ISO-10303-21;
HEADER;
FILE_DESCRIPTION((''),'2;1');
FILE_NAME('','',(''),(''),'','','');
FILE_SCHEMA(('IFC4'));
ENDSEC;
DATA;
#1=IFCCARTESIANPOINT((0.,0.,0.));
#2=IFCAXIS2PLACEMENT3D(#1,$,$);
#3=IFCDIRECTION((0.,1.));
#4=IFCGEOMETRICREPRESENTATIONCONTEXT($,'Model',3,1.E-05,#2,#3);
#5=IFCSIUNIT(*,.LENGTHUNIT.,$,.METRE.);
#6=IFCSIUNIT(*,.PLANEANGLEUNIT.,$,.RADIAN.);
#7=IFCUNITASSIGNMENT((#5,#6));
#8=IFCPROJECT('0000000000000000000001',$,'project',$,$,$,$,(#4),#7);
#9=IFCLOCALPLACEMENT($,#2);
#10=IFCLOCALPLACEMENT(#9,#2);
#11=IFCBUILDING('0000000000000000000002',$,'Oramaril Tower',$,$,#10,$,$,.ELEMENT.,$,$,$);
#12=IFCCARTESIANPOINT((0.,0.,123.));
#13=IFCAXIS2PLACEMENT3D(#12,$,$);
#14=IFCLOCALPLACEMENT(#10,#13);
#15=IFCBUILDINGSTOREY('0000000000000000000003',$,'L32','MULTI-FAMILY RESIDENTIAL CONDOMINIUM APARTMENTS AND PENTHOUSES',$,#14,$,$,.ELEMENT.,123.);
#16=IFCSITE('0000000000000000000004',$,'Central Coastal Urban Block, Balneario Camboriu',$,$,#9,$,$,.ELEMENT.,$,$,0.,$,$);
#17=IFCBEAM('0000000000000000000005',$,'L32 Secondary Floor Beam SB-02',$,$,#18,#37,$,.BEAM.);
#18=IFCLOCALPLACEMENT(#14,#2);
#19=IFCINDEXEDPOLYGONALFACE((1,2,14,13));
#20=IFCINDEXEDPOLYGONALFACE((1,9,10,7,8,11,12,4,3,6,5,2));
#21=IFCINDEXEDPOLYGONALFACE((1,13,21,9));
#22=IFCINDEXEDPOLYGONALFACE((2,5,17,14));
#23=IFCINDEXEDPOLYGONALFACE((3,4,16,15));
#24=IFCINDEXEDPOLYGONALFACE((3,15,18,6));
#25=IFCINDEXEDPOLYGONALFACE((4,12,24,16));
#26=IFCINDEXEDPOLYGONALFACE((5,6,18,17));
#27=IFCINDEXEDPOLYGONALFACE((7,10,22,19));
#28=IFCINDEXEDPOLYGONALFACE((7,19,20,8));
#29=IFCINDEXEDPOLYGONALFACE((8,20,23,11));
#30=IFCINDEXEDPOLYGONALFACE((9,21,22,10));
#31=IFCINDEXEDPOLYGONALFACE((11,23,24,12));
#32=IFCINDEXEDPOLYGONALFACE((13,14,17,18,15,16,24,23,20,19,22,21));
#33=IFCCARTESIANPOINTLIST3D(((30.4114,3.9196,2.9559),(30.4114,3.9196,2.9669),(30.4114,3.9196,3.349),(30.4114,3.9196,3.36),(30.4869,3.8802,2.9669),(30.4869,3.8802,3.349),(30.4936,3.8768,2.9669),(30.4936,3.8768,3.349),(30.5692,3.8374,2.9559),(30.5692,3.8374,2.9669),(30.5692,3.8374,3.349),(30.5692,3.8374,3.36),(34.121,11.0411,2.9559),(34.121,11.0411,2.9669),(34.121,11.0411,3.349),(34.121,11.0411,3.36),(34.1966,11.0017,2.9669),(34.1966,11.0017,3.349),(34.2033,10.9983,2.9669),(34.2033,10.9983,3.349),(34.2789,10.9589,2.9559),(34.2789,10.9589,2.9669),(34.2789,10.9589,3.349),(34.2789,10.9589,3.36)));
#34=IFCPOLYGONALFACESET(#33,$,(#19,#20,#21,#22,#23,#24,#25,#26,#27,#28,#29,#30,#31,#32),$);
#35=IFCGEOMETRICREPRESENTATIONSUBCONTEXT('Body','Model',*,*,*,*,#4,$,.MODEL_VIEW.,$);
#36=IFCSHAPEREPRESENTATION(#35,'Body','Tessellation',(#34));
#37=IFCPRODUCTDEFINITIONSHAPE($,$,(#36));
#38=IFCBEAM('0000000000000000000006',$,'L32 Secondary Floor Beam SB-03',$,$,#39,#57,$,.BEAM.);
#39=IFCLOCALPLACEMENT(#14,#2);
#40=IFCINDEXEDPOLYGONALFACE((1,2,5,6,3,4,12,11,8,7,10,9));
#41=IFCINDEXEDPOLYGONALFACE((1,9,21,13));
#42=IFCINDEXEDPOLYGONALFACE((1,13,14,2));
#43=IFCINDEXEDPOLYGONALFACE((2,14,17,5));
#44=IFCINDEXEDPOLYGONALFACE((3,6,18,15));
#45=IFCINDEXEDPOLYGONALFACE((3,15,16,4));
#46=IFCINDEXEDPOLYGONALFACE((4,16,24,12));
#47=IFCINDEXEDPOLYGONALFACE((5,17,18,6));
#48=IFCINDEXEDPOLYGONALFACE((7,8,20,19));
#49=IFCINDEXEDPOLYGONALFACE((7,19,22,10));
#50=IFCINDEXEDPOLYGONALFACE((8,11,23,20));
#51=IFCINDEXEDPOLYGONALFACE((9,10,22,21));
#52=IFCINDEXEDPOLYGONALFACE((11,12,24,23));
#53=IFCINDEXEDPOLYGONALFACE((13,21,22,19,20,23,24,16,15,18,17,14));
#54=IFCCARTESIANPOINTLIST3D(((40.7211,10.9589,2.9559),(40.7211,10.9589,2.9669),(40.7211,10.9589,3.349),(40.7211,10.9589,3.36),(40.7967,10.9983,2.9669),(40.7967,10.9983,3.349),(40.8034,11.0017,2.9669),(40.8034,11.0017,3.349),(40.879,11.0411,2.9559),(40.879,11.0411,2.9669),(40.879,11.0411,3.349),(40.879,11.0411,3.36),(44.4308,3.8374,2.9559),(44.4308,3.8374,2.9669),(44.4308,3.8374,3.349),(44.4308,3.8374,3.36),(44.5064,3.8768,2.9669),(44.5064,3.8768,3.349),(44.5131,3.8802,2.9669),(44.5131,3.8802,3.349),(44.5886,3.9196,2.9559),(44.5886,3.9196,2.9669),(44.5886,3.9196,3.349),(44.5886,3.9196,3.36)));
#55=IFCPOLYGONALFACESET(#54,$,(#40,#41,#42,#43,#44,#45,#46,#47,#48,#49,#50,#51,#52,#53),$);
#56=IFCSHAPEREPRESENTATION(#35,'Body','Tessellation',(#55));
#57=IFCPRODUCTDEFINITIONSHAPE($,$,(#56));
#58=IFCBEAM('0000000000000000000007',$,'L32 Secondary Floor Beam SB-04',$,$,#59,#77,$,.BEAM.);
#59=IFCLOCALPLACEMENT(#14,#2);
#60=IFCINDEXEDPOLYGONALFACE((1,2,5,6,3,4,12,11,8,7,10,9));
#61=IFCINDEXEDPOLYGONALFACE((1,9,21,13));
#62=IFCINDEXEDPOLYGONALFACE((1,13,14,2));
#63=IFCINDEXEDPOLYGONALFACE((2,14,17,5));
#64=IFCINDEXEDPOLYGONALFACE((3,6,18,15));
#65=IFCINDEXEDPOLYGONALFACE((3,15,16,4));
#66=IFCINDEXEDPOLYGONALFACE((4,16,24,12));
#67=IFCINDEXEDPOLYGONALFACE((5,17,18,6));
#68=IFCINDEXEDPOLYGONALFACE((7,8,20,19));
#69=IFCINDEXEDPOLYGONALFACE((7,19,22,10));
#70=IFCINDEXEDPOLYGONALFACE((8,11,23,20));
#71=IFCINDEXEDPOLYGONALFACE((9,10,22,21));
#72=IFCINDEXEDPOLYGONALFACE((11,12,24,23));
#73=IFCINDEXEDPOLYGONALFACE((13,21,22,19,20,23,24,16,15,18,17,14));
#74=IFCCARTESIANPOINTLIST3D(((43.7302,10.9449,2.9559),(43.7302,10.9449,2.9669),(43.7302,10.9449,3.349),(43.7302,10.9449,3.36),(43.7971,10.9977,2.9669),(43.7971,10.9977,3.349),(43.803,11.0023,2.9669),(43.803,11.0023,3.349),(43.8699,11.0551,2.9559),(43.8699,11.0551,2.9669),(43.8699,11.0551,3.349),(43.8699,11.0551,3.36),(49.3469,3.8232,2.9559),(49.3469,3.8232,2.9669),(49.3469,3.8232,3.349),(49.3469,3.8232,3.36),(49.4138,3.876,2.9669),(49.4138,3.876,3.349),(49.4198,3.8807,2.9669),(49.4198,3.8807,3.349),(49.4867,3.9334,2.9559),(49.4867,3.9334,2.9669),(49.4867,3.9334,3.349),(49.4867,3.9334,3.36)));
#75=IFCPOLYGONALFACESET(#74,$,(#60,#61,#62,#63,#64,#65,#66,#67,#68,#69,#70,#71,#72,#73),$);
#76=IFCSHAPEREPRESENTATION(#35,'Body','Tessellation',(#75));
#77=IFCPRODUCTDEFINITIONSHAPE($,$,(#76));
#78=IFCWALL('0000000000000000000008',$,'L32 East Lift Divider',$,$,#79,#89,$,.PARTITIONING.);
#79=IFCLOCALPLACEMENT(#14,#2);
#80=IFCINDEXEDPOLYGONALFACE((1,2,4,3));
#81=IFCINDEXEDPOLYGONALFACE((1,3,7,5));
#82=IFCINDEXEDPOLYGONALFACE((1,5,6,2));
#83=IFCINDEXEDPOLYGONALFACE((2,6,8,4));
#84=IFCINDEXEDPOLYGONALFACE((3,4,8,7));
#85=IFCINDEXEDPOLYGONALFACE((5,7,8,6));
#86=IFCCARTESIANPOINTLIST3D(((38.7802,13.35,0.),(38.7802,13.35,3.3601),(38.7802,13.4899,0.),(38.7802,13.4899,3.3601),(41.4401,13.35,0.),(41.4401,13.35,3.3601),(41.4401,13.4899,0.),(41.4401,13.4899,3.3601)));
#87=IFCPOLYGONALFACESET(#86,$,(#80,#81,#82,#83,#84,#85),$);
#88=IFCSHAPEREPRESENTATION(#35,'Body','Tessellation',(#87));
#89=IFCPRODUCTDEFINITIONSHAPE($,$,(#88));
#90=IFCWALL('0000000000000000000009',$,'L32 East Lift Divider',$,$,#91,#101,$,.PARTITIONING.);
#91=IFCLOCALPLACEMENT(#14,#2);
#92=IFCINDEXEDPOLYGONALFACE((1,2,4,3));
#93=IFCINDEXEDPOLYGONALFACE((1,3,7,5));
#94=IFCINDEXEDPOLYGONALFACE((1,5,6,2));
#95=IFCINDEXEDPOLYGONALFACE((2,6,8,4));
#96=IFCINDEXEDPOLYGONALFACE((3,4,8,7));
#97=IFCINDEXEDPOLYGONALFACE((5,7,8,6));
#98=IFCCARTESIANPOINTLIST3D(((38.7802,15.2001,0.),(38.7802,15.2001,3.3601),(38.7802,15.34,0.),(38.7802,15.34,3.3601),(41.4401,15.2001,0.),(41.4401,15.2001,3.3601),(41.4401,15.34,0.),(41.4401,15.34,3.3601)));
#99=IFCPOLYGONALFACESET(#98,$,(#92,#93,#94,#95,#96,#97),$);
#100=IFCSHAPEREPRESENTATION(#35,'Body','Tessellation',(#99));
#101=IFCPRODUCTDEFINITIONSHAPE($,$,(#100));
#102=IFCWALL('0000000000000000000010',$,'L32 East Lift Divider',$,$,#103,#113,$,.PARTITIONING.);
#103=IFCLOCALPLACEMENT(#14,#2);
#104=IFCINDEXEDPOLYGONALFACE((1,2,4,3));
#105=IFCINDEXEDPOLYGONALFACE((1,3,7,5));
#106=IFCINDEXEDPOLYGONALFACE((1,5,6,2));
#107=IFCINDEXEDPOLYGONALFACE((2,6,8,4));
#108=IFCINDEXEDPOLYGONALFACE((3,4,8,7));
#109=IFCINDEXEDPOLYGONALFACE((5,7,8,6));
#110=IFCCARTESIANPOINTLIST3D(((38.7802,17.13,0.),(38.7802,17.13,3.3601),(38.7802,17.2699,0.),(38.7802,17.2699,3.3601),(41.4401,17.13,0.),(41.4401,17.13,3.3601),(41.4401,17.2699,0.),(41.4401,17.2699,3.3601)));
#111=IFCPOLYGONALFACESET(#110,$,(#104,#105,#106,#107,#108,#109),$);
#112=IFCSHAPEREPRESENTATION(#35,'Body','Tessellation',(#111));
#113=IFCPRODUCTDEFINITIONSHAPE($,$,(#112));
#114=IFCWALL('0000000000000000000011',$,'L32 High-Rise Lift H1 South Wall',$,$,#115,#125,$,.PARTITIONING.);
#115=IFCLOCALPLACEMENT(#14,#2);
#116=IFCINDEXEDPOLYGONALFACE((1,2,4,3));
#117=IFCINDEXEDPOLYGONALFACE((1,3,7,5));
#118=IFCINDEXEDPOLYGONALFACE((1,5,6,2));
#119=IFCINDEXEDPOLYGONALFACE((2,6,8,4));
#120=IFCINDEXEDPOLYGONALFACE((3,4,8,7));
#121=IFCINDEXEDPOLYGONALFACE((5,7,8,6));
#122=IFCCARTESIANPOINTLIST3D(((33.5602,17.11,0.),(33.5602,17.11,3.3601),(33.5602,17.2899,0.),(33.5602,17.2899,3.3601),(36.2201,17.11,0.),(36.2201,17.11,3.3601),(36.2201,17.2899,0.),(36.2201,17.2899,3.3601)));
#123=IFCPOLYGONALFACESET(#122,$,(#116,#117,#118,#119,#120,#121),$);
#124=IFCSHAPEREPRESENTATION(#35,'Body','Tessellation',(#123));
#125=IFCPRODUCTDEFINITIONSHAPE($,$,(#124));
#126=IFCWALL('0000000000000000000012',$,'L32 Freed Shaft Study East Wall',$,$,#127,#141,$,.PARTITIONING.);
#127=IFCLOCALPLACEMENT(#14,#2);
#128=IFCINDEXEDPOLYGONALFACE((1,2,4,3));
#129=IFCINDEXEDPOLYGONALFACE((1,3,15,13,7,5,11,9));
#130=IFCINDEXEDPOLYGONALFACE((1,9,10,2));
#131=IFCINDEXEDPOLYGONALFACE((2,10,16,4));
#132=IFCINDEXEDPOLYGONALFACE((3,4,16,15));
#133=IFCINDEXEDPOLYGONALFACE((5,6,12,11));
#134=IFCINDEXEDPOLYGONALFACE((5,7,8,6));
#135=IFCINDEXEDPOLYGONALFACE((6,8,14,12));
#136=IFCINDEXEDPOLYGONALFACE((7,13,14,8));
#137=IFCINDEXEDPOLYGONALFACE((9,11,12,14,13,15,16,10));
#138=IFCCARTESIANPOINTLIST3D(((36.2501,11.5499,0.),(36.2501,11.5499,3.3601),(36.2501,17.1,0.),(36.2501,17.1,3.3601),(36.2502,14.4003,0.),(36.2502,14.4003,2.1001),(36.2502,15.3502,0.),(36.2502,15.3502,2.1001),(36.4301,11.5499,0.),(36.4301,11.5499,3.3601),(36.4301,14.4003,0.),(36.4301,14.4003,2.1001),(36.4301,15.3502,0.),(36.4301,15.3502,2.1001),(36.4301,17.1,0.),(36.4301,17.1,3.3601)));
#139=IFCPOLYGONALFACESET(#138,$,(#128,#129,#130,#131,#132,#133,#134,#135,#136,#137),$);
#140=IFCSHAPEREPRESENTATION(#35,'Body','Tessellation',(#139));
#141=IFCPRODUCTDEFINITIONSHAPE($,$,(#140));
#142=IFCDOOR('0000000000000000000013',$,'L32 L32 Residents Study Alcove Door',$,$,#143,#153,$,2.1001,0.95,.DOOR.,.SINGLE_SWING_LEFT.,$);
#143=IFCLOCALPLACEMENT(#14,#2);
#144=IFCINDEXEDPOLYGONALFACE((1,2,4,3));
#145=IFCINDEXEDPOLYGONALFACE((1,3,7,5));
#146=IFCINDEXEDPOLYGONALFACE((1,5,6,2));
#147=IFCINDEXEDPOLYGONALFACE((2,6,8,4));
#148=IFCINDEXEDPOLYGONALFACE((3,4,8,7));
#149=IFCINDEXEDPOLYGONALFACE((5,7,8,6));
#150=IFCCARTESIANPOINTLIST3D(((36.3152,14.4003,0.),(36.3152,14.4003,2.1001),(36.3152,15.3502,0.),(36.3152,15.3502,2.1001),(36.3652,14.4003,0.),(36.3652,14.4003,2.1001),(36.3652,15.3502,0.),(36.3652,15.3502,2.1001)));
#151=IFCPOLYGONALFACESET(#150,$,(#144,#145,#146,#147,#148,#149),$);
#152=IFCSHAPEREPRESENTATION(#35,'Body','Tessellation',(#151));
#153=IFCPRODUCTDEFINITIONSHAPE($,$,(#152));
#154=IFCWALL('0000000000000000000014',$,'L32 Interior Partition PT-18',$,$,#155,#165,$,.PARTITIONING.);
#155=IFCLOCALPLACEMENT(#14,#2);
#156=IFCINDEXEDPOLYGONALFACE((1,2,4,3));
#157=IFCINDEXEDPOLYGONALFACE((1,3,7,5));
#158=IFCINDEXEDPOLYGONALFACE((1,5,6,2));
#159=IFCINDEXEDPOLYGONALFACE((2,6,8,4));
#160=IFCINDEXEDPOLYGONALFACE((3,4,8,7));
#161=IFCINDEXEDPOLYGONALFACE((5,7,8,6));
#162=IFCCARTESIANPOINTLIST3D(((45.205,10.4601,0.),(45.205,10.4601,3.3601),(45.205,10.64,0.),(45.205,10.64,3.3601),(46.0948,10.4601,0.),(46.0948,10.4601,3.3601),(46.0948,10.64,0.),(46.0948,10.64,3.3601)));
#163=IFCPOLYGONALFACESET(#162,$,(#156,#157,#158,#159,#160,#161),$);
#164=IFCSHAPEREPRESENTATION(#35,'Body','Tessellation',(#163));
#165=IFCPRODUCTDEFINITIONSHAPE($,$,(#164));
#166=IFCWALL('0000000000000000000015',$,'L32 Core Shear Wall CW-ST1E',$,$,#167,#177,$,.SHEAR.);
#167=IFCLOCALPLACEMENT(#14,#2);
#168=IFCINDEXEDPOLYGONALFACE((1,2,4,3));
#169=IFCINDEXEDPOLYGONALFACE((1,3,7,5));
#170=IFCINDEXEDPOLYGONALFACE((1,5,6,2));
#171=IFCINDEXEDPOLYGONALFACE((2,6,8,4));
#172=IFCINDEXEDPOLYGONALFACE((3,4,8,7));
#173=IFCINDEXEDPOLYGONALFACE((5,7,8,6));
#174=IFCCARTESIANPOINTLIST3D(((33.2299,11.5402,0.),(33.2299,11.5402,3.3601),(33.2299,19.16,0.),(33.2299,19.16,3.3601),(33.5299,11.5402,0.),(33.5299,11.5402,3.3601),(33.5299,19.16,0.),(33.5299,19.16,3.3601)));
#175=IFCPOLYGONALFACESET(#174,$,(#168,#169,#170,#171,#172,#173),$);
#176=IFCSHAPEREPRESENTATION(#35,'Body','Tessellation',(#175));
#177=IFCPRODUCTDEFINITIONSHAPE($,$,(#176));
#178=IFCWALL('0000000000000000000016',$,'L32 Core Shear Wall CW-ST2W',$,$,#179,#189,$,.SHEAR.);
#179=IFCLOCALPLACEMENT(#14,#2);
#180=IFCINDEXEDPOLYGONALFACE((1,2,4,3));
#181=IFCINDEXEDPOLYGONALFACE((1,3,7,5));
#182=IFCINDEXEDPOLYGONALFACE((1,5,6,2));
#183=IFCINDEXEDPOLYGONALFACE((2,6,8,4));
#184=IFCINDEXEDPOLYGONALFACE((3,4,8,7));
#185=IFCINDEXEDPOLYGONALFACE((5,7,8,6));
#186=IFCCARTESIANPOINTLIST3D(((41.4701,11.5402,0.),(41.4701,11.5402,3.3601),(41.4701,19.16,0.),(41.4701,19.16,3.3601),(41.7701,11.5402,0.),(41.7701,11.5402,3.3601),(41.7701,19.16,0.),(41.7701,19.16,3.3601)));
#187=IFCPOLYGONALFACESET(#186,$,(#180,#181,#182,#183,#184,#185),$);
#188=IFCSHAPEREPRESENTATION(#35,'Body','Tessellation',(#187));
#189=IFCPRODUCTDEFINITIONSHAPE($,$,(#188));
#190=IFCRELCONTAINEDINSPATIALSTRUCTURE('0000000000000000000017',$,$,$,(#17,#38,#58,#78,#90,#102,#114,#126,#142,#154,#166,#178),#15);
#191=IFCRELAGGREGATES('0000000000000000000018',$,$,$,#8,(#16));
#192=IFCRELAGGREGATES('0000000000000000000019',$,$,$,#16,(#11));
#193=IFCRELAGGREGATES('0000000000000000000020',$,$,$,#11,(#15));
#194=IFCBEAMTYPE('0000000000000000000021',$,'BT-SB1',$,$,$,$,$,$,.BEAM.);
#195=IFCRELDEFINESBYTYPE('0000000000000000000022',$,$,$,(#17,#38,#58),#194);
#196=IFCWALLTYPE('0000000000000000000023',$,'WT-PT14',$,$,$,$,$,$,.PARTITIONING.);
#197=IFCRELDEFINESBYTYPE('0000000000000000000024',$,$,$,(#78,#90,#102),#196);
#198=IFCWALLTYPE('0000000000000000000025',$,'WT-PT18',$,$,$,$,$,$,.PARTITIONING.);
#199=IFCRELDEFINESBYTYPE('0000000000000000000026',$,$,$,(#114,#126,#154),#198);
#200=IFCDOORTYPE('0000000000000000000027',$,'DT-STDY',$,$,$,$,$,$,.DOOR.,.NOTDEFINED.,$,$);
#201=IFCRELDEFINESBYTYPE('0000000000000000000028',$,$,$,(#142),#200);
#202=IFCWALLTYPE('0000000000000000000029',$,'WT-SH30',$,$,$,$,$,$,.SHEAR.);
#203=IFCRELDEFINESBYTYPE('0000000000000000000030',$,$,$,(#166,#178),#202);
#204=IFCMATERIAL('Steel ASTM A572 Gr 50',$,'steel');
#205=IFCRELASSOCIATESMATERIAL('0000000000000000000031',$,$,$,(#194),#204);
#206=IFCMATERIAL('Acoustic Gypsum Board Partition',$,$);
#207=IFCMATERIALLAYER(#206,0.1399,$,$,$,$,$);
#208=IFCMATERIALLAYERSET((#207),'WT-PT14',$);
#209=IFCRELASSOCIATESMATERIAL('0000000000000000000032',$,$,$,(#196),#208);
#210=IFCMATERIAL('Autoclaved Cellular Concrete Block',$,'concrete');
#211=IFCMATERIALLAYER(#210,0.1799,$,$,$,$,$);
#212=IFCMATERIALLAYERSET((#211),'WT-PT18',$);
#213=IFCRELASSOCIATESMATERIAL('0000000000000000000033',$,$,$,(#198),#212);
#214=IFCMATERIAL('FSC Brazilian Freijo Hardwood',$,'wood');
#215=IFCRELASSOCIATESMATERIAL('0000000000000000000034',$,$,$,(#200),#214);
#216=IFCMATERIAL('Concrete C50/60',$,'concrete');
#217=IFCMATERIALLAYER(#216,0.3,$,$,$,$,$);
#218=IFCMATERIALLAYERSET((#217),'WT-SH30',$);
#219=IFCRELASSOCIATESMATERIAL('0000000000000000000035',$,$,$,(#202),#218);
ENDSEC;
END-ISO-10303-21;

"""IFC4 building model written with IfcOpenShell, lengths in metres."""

from ifc_helpers import new_model, si_unit, direction, frame, frame_2d, origin, origin_2d, place, context, subcontext, project, spatial, rectangle, i_section, extrude, material, layer, layer_set, material_profile, profile_set, type_object, element, fill, save


model = new_model("IFC4")

# Units and contexts
model_context = context("Model", 3, precision=1e-05, world=origin(), true_north=direction((0.0, 1.0)))
body_context = subcontext(model_context, "Body", "Model", "MODEL_VIEW")
ifc_project = project(units=[si_unit("LENGTHUNIT", "METRE"), si_unit("PLANEANGLEUNIT", "RADIAN")], contexts=[model_context])

# Site, building, storey
site_placement = place(None, origin())
site = spatial("IfcSite", under=ifc_project, at=site_placement, Name="Central Coastal Urban Block, Balneario Camboriu", CompositionType="ELEMENT", RefElevation=0.0)
building_placement = place(site_placement, origin())
building = spatial("IfcBuilding", under=site, at=building_placement, Name="Oramaril Tower", CompositionType="ELEMENT")
storey_placement = place(building_placement, frame((0.0, 0.0, 123.0)))
storey = spatial("IfcBuildingStorey", under=building, at=storey_placement, Name="L32", Description="MULTI-FAMILY RESIDENTIAL CONDOMINIUM APARTMENTS AND PENTHOUSES", CompositionType="ELEMENT", Elevation=123.0)

# Beams
ifc_material_1 = material(Name="Steel ASTM A572 Gr 50", Category="steel")
ifc_material_profile = material_profile(ifc_material_1, i_section(OverallWidth=0.178, OverallDepth=0.4041, WebThickness=0.0076, FlangeThickness=0.011, at=origin_2d()), Name="W16X36")
ifc_profile_set = profile_set([ifc_material_profile], Name="Steel ASTM A572 Gr 50")
beam_type = type_object("IfcBeamType", Name="BT-SB1", PredefinedType="BEAM", material=ifc_profile_set)
for number, where, z_axis, x_axis, name in (
    (1, (34.2, 11.0, 3.158), (-0.461989, -0.886886, 0.0), (0.886886, -0.461989, 0.0), "L32 Secondary Floor Beam SB-02"),
    (2, (40.8, 11.0, 3.158), (0.461989, -0.886886, 0.0), (0.886886, 0.461989, 0.0), "L32 Secondary Floor Beam SB-03"),
):
    element("IfcBeam", number, at=place(storey_placement, frame(where, z_axis=z_axis, x_axis=x_axis)), inside=storey, type_object=beam_type, Name=name, PredefinedType="BEAM", context=body_context, shape_type="SweptSolid", body=[
        extrude(i_section(OverallWidth=0.178, OverallDepth=0.4041, WebThickness=0.0076, FlangeThickness=0.011, at=origin_2d()), origin(), (0.0, 0.0, 1.0), 8.0298),
    ])
beam_placement = place(storey_placement, frame((43.8, 11.0, 3.158), z_axis=(0.619264, -0.785183, 0.0), x_axis=(0.785183, 0.619264, 0.0)))
element("IfcBeam", 3, at=beam_placement, inside=storey, type_object=beam_type, Name="L32 Secondary Floor Beam SB-04", PredefinedType="BEAM", context=body_context, shape_type="SweptSolid", body=[
    extrude(i_section(OverallWidth=0.178, OverallDepth=0.4041, WebThickness=0.0076, FlangeThickness=0.011, at=origin_2d()), origin(), (0.0, 0.0, 1.0), 9.0701),
])

# Walls
ifc_material_2 = material(Name="Acoustic Gypsum Board Partition")
ifc_layer_1 = layer(ifc_material_2, 0.1399)
ifc_layer_set_1 = layer_set([ifc_layer_1], Name="WT-PT14")
wall_type_1 = type_object("IfcWallType", Name="WT-PT14", PredefinedType="PARTITIONING", material=ifc_layer_set_1)
for number, where, z_axis, x_axis, name in (
    (4, (38.78, 13.4199, 0.0), (0.0, 0.0, 1.0), (1.0, 0.0, 0.0), "L32 East Lift Divider"),
    (5, (38.78, 15.27, 0.0), (0.0, 0.0, 1.0), (1.0, 0.0, 0.0), "L32 East Lift Divider"),
    (6, (38.78, 17.2, 0.0), (0.0, 0.0, 1.0), (1.0, 0.0, 0.0), "L32 East Lift Divider"),
):
    element("IfcWall", number, at=place(storey_placement, frame(where, z_axis=z_axis, x_axis=x_axis)), inside=storey, type_object=wall_type_1, Name=name, PredefinedType="PARTITIONING", context=body_context, shape_type="SweptSolid", body=[
        extrude(rectangle(XDim=2.6599, YDim=0.1399, at=frame_2d((1.3301, 0.0))), origin(), (0.0, 0.0, 1.0), 3.3601),
    ])
ifc_material_3 = material(Name="Autoclaved Cellular Concrete Block", Category="concrete")
ifc_layer_2 = layer(ifc_material_3, 0.1799)
ifc_layer_set_2 = layer_set([ifc_layer_2], Name="WT-PT18")
wall_type_2 = type_object("IfcWallType", Name="WT-PT18", PredefinedType="PARTITIONING", material=ifc_layer_set_2)
wall_1_placement = place(storey_placement, frame((33.5601, 17.2, 0.0), z_axis=(0.0, 0.0, 1.0), x_axis=(1.0, 0.0, 0.0)))
element("IfcWall", 7, at=wall_1_placement, inside=storey, type_object=wall_type_2, Name="L32 High-Rise Lift H1 South Wall", PredefinedType="PARTITIONING", context=body_context, shape_type="SweptSolid", body=[
    extrude(rectangle(XDim=2.6599, YDim=0.1799, at=frame_2d((1.3301, 0.0))), origin(), (0.0, 0.0, 1.0), 3.3601),
])

# Wall, opening, door
wall_2_placement = place(storey_placement, frame((36.3401, 11.55, 0.0), z_axis=(0.0, 0.0, 1.0), x_axis=(0.0, 1.0, 0.0)))
wall_2 = element("IfcWall", 8, at=wall_2_placement, inside=storey, type_object=wall_type_2, Name="L32 Freed Shaft Study East Wall", PredefinedType="PARTITIONING", context=body_context, shape_type="SweptSolid", body=[
    extrude(rectangle(XDim=5.55, YDim=0.1799, at=frame_2d((2.7749, 0.0))), origin(), (0.0, 0.0, 1.0), 3.3601),
])
opening_1_placement = place(wall_2_placement, frame((2.8501, 0.0, 0.0)))
opening_1 = element("IfcOpeningElement", 9, at=opening_1_placement, cuts=wall_2, PredefinedType="OPENING", context=body_context, shape_type="SweptSolid", body=[
    extrude(rectangle(XDim=0.95, YDim=2.1001, at=frame_2d((0.4751, 1.05))), frame((0.0, 0.0898, 0.0), z_axis=(0.0, -1.0, 0.0), x_axis=(1.0, 0.0, 0.0)), (0.0, 0.0, 1.0), 0.1799),
])
ifc_material_4 = material(Name="FSC Brazilian Freijo Hardwood", Category="wood")
door_type_1 = type_object("IfcDoorType", Name="DT-STDY", OperationType="NOTDEFINED", PredefinedType="DOOR", material=ifc_material_4)
door_1_placement = place(opening_1_placement, origin())
door_1 = element("IfcDoor", 10, at=door_1_placement, inside=storey, type_object=door_type_1, Name="L32 L32 Residents Study Alcove Door", OperationType="SINGLE_SWING_LEFT", OverallHeight=2.1001, OverallWidth=0.95, PredefinedType="DOOR", context=body_context, shape_type="SweptSolid", body=[
    extrude(rectangle(XDim=0.95, YDim=2.1001, at=frame_2d((0.4751, 1.05))), frame((0.0, 0.0249, 0.0), z_axis=(0.0, -1.0, 0.0), x_axis=(1.0, 0.0, 0.0)), (0.0, 0.0, 1.0), 0.05),
])
fill(opening_1, door_1)

# Walls
wall_3_placement = place(storey_placement, frame((45.2051, 10.55, 0.0), z_axis=(0.0, 0.0, 1.0), x_axis=(1.0, 0.0, 0.0)))
element("IfcWall", 11, at=wall_3_placement, inside=storey, type_object=wall_type_2, Name="L32 Interior Partition PT-18", PredefinedType="PARTITIONING", context=body_context, shape_type="SweptSolid", body=[
    extrude(rectangle(XDim=0.8899, YDim=0.1799, at=frame_2d((0.4448, 0.0))), origin(), (0.0, 0.0, 1.0), 3.3601),
])
ifc_material_5 = material(Name="Concrete C50/60", Category="concrete")
ifc_layer_3 = layer(ifc_material_5, 0.3)
ifc_layer_set_3 = layer_set([ifc_layer_3], Name="WT-SH30")
wall_type_3 = type_object("IfcWallType", Name="WT-SH30", PredefinedType="SHEAR", material=ifc_layer_set_3)
for number, where, z_axis, x_axis, name in (
    (12, (33.3799, 11.54, 0.0), (0.0, 0.0, 1.0), (0.0, 1.0, 0.0), "L32 Core Shear Wall CW-ST1E"),
    (13, (41.6201, 11.54, 0.0), (0.0, 0.0, 1.0), (0.0, 1.0, 0.0), "L32 Core Shear Wall CW-ST2W"),
):
    element("IfcWall", number, at=place(storey_placement, frame(where, z_axis=z_axis, x_axis=x_axis)), inside=storey, type_object=wall_type_3, Name=name, PredefinedType="SHEAR", context=body_context, shape_type="SweptSolid", body=[
        extrude(rectangle(XDim=7.6199, YDim=0.3, at=frame_2d((3.8101, 0.0))), origin(), (0.0, 0.0, 1.0), 3.3601),
    ])

save(model, "model.ifc")
